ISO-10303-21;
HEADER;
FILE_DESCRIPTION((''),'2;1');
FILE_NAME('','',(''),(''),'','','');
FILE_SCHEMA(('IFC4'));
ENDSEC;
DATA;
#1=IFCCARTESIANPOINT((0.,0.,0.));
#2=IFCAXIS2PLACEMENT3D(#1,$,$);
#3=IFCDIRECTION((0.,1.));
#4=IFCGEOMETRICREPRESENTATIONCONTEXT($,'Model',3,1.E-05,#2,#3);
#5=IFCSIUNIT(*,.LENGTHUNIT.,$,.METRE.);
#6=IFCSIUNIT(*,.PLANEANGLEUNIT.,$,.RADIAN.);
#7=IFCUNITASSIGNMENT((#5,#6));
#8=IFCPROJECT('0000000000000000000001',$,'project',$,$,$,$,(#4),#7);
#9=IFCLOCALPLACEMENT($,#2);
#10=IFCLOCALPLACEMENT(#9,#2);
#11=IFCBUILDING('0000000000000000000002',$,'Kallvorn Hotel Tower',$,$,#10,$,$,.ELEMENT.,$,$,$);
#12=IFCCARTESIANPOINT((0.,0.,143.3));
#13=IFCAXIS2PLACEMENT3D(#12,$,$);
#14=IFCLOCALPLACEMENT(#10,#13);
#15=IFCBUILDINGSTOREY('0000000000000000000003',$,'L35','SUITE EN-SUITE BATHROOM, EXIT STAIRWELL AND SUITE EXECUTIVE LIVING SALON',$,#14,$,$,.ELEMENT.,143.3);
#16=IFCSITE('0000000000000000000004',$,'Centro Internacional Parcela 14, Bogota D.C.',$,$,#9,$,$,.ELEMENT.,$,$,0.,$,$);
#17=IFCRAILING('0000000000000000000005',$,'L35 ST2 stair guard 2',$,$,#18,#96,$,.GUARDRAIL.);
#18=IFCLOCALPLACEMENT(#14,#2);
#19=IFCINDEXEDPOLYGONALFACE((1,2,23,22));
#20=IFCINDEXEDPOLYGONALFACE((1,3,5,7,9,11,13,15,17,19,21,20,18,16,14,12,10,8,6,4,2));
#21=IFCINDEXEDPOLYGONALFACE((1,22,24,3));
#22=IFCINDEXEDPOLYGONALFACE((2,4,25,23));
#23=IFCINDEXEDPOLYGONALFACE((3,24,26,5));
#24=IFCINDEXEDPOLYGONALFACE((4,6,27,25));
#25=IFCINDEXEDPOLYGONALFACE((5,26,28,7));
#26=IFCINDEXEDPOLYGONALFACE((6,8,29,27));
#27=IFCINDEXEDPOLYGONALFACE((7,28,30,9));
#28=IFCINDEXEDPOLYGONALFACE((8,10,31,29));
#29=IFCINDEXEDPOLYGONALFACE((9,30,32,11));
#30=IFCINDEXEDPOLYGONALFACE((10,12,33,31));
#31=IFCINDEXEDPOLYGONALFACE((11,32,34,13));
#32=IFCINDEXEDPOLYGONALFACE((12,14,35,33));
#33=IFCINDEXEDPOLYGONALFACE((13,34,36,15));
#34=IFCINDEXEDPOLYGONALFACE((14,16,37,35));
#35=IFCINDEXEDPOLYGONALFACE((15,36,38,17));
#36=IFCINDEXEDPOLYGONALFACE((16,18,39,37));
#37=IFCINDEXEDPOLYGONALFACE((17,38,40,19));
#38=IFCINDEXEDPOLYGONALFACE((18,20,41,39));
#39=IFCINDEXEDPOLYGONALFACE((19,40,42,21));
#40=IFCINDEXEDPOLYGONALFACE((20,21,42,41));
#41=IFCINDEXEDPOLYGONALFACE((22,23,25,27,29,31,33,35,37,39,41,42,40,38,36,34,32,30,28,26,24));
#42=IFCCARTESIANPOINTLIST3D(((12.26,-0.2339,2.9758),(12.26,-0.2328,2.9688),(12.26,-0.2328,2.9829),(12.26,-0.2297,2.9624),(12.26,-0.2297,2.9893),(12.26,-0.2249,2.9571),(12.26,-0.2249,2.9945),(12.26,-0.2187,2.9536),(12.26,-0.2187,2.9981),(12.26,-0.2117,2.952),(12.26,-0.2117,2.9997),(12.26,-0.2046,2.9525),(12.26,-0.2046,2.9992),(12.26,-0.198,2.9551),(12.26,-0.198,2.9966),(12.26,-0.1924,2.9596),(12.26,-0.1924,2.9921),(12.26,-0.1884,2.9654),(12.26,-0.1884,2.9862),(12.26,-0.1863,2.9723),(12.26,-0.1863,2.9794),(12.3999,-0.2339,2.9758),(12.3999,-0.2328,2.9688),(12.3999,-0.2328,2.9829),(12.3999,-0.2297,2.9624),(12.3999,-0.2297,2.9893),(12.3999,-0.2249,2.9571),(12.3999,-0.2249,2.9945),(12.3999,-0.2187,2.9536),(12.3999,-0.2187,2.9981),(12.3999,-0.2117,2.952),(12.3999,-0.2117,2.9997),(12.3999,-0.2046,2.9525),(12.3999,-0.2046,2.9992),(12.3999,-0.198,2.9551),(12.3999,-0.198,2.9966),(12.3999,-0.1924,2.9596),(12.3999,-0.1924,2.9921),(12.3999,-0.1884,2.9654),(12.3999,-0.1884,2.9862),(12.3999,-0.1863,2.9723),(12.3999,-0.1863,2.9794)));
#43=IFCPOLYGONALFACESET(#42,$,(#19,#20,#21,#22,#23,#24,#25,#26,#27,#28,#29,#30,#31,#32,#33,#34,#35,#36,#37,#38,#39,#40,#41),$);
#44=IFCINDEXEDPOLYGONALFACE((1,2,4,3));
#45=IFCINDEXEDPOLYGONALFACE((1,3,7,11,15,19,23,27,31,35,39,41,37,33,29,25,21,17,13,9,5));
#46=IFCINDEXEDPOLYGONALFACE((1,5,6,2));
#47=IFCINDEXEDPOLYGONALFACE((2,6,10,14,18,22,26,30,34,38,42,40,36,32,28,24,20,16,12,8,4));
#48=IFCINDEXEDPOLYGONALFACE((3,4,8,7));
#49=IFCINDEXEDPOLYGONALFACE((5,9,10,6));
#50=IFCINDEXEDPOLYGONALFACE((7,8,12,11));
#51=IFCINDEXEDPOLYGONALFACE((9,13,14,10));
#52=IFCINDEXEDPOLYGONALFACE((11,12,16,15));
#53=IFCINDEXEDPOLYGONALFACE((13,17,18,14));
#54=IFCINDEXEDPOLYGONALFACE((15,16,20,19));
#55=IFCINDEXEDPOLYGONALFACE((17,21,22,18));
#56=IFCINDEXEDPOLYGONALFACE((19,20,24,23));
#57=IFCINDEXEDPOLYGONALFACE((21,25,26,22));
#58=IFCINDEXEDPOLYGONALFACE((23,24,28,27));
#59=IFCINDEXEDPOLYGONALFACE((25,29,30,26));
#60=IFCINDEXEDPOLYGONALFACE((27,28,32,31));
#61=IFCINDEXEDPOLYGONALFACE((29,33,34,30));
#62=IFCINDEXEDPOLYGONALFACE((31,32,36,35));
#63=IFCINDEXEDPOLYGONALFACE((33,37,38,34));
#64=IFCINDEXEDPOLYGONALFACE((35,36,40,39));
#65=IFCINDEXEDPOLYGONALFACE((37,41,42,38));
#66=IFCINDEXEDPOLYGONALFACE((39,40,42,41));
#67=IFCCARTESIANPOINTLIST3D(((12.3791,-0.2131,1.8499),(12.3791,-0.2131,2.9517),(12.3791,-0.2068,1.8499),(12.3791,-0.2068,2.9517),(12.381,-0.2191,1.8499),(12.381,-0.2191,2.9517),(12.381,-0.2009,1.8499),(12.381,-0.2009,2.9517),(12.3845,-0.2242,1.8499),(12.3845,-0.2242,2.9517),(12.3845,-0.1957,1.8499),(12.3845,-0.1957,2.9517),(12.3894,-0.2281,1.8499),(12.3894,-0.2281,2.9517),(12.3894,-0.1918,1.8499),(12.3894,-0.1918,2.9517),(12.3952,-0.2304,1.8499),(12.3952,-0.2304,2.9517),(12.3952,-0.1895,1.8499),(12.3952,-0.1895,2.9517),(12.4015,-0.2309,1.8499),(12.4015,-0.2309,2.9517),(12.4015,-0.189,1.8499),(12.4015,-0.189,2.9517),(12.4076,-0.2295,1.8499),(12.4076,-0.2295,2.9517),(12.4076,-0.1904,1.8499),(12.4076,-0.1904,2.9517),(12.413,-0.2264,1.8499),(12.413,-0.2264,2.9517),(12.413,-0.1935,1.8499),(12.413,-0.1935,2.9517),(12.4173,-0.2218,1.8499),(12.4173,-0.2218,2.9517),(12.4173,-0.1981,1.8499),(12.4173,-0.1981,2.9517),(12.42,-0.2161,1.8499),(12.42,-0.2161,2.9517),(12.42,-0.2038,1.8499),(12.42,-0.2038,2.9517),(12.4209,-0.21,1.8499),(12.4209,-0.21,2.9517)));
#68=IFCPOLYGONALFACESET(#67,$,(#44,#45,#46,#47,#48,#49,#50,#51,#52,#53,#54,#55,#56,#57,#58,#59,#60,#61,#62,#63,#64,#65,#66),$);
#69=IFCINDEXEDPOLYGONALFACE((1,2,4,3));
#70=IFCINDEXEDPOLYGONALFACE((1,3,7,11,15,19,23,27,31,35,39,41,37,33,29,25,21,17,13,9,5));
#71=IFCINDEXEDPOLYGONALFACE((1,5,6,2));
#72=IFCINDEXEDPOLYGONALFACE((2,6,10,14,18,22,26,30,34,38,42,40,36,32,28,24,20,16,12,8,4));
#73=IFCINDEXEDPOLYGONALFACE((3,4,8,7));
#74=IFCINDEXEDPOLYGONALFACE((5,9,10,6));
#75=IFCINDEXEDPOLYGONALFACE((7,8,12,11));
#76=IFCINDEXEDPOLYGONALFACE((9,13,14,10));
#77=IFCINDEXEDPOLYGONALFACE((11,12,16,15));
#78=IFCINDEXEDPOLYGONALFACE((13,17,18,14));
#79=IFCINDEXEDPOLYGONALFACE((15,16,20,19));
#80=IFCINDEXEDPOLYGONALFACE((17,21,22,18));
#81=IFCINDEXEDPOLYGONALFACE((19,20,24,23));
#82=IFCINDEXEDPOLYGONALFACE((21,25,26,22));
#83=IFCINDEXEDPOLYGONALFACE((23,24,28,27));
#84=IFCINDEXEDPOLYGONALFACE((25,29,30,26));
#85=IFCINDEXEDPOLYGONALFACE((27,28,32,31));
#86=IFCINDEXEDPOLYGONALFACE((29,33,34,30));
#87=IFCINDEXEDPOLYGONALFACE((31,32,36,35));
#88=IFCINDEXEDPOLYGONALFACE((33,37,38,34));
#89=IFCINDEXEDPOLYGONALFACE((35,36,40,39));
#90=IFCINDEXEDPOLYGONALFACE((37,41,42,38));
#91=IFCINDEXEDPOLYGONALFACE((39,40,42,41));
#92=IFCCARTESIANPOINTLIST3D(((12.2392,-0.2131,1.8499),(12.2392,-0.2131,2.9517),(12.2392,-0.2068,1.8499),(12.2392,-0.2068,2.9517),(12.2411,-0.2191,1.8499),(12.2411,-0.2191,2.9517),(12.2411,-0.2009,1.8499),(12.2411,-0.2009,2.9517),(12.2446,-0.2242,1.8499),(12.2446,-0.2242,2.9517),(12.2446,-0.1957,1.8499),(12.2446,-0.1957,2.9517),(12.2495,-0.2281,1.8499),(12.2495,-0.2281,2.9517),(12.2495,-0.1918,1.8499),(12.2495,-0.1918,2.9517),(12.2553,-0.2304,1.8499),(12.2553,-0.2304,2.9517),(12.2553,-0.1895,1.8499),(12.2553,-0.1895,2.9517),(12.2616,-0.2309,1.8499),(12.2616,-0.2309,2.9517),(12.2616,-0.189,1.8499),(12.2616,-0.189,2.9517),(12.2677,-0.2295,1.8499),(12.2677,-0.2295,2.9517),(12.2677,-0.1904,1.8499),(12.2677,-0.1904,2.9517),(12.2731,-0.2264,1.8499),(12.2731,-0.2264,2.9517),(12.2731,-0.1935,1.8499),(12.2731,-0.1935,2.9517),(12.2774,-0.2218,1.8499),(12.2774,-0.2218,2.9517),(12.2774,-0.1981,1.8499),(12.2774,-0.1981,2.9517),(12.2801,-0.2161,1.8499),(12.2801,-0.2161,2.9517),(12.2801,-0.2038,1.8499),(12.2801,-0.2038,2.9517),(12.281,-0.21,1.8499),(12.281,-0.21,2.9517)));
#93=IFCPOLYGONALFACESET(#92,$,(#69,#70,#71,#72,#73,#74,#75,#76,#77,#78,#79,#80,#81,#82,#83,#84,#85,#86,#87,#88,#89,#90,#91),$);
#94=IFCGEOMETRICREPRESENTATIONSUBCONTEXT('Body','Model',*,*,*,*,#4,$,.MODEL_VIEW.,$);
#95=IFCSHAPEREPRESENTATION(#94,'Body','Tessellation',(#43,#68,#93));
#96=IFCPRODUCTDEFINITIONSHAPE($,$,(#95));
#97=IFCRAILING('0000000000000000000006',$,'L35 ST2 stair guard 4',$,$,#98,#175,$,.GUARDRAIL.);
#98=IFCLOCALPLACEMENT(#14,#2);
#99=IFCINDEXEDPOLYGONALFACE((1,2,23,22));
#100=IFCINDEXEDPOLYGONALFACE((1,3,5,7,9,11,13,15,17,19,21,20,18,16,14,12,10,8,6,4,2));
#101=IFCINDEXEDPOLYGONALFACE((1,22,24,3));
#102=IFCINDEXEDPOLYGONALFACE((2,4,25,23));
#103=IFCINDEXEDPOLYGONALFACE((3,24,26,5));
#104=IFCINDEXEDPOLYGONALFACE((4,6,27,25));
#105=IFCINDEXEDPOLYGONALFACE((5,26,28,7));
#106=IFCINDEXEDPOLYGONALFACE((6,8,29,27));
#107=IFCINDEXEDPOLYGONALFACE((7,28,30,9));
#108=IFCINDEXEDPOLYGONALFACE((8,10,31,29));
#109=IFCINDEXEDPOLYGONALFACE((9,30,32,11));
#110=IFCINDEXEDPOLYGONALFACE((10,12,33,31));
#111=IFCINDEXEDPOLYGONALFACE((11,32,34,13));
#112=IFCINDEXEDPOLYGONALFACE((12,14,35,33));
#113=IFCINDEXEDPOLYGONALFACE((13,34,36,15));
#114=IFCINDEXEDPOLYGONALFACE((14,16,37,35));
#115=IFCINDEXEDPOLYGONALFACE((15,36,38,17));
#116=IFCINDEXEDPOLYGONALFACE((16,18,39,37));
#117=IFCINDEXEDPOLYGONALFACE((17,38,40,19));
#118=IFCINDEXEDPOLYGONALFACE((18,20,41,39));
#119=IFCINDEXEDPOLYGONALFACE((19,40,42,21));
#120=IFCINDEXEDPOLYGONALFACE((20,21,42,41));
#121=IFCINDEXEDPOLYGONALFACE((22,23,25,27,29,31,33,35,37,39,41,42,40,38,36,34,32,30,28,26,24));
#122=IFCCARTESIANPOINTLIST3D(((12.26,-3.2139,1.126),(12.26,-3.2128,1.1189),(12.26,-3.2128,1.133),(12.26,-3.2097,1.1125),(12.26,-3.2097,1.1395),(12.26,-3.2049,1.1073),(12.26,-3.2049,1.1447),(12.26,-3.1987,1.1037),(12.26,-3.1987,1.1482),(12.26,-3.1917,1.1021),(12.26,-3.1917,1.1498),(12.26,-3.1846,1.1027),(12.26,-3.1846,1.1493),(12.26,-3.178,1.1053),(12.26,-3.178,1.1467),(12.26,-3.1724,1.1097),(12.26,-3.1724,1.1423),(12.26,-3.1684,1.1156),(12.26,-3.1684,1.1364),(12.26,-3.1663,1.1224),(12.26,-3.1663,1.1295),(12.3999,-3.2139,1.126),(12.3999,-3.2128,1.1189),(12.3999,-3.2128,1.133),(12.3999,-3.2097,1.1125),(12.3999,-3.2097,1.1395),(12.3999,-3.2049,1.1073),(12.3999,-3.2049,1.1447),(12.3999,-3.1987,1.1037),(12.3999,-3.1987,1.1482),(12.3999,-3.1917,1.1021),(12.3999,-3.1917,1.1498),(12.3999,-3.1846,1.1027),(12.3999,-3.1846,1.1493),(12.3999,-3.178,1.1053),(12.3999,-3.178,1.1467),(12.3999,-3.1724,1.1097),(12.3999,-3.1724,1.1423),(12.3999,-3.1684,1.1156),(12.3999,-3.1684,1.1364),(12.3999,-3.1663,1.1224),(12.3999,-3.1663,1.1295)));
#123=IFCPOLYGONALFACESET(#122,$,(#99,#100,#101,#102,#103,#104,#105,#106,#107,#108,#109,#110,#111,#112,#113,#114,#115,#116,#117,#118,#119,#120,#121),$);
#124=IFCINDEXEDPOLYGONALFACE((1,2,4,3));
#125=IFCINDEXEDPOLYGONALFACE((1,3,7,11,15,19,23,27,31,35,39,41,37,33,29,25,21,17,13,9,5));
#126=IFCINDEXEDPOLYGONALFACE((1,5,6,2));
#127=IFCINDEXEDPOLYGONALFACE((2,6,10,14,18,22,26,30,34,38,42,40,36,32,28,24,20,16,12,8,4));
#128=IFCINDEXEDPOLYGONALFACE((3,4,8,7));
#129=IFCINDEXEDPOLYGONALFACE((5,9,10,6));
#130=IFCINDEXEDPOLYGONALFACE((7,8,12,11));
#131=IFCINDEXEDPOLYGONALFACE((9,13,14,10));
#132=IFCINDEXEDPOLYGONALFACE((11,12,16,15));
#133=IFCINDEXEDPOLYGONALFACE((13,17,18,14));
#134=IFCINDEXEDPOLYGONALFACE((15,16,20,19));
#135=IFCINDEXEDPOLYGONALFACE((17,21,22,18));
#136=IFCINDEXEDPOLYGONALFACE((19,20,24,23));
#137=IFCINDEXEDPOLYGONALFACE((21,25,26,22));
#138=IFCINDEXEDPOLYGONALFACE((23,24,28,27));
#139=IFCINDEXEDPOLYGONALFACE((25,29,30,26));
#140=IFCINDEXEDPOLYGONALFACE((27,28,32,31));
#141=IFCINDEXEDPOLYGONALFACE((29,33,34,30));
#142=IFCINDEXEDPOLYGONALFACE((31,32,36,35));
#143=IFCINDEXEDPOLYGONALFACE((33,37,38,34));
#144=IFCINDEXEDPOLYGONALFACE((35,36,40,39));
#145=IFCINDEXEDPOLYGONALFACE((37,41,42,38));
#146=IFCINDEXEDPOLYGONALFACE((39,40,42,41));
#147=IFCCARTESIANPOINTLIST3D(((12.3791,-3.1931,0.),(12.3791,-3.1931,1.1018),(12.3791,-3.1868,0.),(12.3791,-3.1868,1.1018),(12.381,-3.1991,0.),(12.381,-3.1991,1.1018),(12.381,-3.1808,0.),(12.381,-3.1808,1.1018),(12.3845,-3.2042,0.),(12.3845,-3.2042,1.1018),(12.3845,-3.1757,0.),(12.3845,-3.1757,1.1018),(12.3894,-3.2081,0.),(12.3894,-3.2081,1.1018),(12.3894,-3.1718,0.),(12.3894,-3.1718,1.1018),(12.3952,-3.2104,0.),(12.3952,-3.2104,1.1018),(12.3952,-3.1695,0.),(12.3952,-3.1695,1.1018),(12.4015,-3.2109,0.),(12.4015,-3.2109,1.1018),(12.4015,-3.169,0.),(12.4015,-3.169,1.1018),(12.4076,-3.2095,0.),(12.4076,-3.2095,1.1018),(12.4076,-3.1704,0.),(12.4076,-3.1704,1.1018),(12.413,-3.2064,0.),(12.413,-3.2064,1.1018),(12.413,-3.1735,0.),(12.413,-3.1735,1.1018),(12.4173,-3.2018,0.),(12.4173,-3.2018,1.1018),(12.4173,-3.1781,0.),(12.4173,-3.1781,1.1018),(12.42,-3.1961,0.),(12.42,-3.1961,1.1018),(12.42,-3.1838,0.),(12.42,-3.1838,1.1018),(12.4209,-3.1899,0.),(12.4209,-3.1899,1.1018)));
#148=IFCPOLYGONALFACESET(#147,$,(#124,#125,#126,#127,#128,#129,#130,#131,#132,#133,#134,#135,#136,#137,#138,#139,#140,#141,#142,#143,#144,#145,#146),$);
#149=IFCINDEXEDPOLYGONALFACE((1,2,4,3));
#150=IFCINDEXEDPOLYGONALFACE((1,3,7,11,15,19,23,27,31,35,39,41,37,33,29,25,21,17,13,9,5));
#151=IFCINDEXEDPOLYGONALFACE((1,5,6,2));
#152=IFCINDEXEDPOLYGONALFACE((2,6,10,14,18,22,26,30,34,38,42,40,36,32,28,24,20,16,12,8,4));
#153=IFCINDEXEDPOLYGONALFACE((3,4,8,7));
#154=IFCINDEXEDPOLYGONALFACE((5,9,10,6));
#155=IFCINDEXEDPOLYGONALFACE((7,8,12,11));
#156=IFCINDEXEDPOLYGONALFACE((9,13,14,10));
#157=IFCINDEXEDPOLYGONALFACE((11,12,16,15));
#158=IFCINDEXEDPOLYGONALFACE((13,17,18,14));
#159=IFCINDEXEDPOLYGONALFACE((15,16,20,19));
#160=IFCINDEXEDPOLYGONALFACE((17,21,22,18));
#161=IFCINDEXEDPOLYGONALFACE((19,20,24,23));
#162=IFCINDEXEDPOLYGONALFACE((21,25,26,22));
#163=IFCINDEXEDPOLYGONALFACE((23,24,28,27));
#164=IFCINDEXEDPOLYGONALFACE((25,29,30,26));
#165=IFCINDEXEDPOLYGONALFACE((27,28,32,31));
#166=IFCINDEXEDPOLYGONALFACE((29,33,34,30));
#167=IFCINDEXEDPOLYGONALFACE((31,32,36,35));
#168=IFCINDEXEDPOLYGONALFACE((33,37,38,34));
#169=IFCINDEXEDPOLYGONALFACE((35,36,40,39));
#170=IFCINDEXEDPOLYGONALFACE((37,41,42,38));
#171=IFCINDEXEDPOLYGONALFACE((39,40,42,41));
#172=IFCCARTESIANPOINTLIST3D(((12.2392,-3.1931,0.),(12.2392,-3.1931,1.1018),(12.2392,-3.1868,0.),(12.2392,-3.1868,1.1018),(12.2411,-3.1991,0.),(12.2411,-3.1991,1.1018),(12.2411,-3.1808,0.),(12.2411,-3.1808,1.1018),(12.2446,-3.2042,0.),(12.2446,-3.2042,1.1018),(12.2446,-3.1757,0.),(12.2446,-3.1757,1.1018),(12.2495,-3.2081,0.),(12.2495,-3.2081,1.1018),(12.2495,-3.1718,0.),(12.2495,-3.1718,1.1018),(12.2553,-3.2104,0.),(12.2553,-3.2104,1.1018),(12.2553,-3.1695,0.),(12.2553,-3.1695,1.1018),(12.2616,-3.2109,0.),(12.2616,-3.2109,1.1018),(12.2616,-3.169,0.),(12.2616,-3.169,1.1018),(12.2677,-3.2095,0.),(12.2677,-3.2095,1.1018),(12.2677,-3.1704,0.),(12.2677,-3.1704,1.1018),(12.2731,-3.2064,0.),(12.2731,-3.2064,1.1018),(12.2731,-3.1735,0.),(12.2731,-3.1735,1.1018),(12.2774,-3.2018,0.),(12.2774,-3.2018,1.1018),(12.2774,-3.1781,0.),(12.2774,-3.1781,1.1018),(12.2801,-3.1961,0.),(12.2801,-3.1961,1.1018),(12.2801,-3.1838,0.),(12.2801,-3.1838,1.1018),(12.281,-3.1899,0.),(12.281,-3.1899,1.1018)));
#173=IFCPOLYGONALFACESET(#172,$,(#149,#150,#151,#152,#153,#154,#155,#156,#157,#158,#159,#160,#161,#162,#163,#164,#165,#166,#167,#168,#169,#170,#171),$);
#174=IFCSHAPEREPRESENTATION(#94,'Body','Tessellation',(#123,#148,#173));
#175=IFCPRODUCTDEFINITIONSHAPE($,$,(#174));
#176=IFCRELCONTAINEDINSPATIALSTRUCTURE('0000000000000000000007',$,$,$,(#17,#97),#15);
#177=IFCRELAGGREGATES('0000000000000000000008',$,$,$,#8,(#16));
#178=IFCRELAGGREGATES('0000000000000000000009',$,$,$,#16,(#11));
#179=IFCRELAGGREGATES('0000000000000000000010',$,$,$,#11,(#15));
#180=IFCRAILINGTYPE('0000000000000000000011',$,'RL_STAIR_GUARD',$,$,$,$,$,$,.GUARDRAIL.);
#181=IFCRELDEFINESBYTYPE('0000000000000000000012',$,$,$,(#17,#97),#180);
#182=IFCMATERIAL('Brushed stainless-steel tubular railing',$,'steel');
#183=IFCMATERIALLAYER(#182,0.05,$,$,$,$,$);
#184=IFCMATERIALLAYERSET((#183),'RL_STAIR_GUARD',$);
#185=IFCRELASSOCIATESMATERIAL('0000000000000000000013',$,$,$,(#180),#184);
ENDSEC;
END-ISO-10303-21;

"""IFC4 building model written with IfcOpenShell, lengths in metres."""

from ifc_helpers import new_model, si_unit, direction, frame, origin, origin_2d, place, context, subcontext, project, spatial, circle, extrude, material, layer, layer_set, type_object, element, save


model = new_model("IFC4")

# Units and contexts
model_context = context("Model", 3, precision=1e-05, world=origin(), true_north=direction((0.0, 1.0)))
body_context = subcontext(model_context, "Body", "Model", "MODEL_VIEW")
ifc_project = project(units=[si_unit("LENGTHUNIT", "METRE"), si_unit("PLANEANGLEUNIT", "RADIAN")], contexts=[model_context])

# Site, building, storey
site_placement = place(None, origin())
site = spatial("IfcSite", under=ifc_project, at=site_placement, Name="Centro Internacional Parcela 14, Bogota D.C.", CompositionType="ELEMENT", RefElevation=0.0)
building_placement = place(site_placement, origin())
building = spatial("IfcBuilding", under=site, at=building_placement, Name="Kallvorn Hotel Tower", CompositionType="ELEMENT")
storey_placement = place(building_placement, frame((0.0, 0.0, 143.3)))
storey = spatial("IfcBuildingStorey", under=building, at=storey_placement, Name="L35", Description="SUITE EN-SUITE BATHROOM, EXIT STAIRWELL AND SUITE EXECUTIVE LIVING SALON", CompositionType="ELEMENT", Elevation=143.3)

# Railings
ifc_material_1 = material(Name="Brushed stainless-steel tubular railing", Category="steel")
ifc_layer_1 = layer(ifc_material_1, 0.05)
ifc_layer_set_1 = layer_set([ifc_layer_1], Name="RL_STAIR_GUARD")
railing_type_1 = type_object("IfcRailingType", Name="RL_STAIR_GUARD", PredefinedType="GUARDRAIL", material=ifc_layer_set_1)
for number, where, name in (
    (1, (12.3999, -0.21, 1.8499), "L35 ST2 stair guard 2"),
    (2, (12.3999, -3.1899, 0.0), "L35 ST2 stair guard 4"),
):
    element("IfcRailing", number, at=place(storey_placement, frame(where)), inside=storey, type_object=railing_type_1, Name=name, PredefinedType="GUARDRAIL", context=body_context, shape_type="SweptSolid", body=[
        extrude(circle(Radius=0.0239, at=origin_2d()), frame((0.0, 0.0, 1.126), z_axis=(-1.0, 0.0, 0.0), x_axis=(0.0, -1.0, 0.0)), (0.0, 0.0, 1.0), 0.1399),
        extrude(circle(Radius=0.021, at=origin_2d()), origin(), (0.0, 0.0, 1.0), 1.1018),
        extrude(circle(Radius=0.021, at=origin_2d()), frame((-0.1399, 0.0, 0.0)), (0.0, 0.0, 1.0), 1.1018),
    ])

save(model, "model.ifc")
